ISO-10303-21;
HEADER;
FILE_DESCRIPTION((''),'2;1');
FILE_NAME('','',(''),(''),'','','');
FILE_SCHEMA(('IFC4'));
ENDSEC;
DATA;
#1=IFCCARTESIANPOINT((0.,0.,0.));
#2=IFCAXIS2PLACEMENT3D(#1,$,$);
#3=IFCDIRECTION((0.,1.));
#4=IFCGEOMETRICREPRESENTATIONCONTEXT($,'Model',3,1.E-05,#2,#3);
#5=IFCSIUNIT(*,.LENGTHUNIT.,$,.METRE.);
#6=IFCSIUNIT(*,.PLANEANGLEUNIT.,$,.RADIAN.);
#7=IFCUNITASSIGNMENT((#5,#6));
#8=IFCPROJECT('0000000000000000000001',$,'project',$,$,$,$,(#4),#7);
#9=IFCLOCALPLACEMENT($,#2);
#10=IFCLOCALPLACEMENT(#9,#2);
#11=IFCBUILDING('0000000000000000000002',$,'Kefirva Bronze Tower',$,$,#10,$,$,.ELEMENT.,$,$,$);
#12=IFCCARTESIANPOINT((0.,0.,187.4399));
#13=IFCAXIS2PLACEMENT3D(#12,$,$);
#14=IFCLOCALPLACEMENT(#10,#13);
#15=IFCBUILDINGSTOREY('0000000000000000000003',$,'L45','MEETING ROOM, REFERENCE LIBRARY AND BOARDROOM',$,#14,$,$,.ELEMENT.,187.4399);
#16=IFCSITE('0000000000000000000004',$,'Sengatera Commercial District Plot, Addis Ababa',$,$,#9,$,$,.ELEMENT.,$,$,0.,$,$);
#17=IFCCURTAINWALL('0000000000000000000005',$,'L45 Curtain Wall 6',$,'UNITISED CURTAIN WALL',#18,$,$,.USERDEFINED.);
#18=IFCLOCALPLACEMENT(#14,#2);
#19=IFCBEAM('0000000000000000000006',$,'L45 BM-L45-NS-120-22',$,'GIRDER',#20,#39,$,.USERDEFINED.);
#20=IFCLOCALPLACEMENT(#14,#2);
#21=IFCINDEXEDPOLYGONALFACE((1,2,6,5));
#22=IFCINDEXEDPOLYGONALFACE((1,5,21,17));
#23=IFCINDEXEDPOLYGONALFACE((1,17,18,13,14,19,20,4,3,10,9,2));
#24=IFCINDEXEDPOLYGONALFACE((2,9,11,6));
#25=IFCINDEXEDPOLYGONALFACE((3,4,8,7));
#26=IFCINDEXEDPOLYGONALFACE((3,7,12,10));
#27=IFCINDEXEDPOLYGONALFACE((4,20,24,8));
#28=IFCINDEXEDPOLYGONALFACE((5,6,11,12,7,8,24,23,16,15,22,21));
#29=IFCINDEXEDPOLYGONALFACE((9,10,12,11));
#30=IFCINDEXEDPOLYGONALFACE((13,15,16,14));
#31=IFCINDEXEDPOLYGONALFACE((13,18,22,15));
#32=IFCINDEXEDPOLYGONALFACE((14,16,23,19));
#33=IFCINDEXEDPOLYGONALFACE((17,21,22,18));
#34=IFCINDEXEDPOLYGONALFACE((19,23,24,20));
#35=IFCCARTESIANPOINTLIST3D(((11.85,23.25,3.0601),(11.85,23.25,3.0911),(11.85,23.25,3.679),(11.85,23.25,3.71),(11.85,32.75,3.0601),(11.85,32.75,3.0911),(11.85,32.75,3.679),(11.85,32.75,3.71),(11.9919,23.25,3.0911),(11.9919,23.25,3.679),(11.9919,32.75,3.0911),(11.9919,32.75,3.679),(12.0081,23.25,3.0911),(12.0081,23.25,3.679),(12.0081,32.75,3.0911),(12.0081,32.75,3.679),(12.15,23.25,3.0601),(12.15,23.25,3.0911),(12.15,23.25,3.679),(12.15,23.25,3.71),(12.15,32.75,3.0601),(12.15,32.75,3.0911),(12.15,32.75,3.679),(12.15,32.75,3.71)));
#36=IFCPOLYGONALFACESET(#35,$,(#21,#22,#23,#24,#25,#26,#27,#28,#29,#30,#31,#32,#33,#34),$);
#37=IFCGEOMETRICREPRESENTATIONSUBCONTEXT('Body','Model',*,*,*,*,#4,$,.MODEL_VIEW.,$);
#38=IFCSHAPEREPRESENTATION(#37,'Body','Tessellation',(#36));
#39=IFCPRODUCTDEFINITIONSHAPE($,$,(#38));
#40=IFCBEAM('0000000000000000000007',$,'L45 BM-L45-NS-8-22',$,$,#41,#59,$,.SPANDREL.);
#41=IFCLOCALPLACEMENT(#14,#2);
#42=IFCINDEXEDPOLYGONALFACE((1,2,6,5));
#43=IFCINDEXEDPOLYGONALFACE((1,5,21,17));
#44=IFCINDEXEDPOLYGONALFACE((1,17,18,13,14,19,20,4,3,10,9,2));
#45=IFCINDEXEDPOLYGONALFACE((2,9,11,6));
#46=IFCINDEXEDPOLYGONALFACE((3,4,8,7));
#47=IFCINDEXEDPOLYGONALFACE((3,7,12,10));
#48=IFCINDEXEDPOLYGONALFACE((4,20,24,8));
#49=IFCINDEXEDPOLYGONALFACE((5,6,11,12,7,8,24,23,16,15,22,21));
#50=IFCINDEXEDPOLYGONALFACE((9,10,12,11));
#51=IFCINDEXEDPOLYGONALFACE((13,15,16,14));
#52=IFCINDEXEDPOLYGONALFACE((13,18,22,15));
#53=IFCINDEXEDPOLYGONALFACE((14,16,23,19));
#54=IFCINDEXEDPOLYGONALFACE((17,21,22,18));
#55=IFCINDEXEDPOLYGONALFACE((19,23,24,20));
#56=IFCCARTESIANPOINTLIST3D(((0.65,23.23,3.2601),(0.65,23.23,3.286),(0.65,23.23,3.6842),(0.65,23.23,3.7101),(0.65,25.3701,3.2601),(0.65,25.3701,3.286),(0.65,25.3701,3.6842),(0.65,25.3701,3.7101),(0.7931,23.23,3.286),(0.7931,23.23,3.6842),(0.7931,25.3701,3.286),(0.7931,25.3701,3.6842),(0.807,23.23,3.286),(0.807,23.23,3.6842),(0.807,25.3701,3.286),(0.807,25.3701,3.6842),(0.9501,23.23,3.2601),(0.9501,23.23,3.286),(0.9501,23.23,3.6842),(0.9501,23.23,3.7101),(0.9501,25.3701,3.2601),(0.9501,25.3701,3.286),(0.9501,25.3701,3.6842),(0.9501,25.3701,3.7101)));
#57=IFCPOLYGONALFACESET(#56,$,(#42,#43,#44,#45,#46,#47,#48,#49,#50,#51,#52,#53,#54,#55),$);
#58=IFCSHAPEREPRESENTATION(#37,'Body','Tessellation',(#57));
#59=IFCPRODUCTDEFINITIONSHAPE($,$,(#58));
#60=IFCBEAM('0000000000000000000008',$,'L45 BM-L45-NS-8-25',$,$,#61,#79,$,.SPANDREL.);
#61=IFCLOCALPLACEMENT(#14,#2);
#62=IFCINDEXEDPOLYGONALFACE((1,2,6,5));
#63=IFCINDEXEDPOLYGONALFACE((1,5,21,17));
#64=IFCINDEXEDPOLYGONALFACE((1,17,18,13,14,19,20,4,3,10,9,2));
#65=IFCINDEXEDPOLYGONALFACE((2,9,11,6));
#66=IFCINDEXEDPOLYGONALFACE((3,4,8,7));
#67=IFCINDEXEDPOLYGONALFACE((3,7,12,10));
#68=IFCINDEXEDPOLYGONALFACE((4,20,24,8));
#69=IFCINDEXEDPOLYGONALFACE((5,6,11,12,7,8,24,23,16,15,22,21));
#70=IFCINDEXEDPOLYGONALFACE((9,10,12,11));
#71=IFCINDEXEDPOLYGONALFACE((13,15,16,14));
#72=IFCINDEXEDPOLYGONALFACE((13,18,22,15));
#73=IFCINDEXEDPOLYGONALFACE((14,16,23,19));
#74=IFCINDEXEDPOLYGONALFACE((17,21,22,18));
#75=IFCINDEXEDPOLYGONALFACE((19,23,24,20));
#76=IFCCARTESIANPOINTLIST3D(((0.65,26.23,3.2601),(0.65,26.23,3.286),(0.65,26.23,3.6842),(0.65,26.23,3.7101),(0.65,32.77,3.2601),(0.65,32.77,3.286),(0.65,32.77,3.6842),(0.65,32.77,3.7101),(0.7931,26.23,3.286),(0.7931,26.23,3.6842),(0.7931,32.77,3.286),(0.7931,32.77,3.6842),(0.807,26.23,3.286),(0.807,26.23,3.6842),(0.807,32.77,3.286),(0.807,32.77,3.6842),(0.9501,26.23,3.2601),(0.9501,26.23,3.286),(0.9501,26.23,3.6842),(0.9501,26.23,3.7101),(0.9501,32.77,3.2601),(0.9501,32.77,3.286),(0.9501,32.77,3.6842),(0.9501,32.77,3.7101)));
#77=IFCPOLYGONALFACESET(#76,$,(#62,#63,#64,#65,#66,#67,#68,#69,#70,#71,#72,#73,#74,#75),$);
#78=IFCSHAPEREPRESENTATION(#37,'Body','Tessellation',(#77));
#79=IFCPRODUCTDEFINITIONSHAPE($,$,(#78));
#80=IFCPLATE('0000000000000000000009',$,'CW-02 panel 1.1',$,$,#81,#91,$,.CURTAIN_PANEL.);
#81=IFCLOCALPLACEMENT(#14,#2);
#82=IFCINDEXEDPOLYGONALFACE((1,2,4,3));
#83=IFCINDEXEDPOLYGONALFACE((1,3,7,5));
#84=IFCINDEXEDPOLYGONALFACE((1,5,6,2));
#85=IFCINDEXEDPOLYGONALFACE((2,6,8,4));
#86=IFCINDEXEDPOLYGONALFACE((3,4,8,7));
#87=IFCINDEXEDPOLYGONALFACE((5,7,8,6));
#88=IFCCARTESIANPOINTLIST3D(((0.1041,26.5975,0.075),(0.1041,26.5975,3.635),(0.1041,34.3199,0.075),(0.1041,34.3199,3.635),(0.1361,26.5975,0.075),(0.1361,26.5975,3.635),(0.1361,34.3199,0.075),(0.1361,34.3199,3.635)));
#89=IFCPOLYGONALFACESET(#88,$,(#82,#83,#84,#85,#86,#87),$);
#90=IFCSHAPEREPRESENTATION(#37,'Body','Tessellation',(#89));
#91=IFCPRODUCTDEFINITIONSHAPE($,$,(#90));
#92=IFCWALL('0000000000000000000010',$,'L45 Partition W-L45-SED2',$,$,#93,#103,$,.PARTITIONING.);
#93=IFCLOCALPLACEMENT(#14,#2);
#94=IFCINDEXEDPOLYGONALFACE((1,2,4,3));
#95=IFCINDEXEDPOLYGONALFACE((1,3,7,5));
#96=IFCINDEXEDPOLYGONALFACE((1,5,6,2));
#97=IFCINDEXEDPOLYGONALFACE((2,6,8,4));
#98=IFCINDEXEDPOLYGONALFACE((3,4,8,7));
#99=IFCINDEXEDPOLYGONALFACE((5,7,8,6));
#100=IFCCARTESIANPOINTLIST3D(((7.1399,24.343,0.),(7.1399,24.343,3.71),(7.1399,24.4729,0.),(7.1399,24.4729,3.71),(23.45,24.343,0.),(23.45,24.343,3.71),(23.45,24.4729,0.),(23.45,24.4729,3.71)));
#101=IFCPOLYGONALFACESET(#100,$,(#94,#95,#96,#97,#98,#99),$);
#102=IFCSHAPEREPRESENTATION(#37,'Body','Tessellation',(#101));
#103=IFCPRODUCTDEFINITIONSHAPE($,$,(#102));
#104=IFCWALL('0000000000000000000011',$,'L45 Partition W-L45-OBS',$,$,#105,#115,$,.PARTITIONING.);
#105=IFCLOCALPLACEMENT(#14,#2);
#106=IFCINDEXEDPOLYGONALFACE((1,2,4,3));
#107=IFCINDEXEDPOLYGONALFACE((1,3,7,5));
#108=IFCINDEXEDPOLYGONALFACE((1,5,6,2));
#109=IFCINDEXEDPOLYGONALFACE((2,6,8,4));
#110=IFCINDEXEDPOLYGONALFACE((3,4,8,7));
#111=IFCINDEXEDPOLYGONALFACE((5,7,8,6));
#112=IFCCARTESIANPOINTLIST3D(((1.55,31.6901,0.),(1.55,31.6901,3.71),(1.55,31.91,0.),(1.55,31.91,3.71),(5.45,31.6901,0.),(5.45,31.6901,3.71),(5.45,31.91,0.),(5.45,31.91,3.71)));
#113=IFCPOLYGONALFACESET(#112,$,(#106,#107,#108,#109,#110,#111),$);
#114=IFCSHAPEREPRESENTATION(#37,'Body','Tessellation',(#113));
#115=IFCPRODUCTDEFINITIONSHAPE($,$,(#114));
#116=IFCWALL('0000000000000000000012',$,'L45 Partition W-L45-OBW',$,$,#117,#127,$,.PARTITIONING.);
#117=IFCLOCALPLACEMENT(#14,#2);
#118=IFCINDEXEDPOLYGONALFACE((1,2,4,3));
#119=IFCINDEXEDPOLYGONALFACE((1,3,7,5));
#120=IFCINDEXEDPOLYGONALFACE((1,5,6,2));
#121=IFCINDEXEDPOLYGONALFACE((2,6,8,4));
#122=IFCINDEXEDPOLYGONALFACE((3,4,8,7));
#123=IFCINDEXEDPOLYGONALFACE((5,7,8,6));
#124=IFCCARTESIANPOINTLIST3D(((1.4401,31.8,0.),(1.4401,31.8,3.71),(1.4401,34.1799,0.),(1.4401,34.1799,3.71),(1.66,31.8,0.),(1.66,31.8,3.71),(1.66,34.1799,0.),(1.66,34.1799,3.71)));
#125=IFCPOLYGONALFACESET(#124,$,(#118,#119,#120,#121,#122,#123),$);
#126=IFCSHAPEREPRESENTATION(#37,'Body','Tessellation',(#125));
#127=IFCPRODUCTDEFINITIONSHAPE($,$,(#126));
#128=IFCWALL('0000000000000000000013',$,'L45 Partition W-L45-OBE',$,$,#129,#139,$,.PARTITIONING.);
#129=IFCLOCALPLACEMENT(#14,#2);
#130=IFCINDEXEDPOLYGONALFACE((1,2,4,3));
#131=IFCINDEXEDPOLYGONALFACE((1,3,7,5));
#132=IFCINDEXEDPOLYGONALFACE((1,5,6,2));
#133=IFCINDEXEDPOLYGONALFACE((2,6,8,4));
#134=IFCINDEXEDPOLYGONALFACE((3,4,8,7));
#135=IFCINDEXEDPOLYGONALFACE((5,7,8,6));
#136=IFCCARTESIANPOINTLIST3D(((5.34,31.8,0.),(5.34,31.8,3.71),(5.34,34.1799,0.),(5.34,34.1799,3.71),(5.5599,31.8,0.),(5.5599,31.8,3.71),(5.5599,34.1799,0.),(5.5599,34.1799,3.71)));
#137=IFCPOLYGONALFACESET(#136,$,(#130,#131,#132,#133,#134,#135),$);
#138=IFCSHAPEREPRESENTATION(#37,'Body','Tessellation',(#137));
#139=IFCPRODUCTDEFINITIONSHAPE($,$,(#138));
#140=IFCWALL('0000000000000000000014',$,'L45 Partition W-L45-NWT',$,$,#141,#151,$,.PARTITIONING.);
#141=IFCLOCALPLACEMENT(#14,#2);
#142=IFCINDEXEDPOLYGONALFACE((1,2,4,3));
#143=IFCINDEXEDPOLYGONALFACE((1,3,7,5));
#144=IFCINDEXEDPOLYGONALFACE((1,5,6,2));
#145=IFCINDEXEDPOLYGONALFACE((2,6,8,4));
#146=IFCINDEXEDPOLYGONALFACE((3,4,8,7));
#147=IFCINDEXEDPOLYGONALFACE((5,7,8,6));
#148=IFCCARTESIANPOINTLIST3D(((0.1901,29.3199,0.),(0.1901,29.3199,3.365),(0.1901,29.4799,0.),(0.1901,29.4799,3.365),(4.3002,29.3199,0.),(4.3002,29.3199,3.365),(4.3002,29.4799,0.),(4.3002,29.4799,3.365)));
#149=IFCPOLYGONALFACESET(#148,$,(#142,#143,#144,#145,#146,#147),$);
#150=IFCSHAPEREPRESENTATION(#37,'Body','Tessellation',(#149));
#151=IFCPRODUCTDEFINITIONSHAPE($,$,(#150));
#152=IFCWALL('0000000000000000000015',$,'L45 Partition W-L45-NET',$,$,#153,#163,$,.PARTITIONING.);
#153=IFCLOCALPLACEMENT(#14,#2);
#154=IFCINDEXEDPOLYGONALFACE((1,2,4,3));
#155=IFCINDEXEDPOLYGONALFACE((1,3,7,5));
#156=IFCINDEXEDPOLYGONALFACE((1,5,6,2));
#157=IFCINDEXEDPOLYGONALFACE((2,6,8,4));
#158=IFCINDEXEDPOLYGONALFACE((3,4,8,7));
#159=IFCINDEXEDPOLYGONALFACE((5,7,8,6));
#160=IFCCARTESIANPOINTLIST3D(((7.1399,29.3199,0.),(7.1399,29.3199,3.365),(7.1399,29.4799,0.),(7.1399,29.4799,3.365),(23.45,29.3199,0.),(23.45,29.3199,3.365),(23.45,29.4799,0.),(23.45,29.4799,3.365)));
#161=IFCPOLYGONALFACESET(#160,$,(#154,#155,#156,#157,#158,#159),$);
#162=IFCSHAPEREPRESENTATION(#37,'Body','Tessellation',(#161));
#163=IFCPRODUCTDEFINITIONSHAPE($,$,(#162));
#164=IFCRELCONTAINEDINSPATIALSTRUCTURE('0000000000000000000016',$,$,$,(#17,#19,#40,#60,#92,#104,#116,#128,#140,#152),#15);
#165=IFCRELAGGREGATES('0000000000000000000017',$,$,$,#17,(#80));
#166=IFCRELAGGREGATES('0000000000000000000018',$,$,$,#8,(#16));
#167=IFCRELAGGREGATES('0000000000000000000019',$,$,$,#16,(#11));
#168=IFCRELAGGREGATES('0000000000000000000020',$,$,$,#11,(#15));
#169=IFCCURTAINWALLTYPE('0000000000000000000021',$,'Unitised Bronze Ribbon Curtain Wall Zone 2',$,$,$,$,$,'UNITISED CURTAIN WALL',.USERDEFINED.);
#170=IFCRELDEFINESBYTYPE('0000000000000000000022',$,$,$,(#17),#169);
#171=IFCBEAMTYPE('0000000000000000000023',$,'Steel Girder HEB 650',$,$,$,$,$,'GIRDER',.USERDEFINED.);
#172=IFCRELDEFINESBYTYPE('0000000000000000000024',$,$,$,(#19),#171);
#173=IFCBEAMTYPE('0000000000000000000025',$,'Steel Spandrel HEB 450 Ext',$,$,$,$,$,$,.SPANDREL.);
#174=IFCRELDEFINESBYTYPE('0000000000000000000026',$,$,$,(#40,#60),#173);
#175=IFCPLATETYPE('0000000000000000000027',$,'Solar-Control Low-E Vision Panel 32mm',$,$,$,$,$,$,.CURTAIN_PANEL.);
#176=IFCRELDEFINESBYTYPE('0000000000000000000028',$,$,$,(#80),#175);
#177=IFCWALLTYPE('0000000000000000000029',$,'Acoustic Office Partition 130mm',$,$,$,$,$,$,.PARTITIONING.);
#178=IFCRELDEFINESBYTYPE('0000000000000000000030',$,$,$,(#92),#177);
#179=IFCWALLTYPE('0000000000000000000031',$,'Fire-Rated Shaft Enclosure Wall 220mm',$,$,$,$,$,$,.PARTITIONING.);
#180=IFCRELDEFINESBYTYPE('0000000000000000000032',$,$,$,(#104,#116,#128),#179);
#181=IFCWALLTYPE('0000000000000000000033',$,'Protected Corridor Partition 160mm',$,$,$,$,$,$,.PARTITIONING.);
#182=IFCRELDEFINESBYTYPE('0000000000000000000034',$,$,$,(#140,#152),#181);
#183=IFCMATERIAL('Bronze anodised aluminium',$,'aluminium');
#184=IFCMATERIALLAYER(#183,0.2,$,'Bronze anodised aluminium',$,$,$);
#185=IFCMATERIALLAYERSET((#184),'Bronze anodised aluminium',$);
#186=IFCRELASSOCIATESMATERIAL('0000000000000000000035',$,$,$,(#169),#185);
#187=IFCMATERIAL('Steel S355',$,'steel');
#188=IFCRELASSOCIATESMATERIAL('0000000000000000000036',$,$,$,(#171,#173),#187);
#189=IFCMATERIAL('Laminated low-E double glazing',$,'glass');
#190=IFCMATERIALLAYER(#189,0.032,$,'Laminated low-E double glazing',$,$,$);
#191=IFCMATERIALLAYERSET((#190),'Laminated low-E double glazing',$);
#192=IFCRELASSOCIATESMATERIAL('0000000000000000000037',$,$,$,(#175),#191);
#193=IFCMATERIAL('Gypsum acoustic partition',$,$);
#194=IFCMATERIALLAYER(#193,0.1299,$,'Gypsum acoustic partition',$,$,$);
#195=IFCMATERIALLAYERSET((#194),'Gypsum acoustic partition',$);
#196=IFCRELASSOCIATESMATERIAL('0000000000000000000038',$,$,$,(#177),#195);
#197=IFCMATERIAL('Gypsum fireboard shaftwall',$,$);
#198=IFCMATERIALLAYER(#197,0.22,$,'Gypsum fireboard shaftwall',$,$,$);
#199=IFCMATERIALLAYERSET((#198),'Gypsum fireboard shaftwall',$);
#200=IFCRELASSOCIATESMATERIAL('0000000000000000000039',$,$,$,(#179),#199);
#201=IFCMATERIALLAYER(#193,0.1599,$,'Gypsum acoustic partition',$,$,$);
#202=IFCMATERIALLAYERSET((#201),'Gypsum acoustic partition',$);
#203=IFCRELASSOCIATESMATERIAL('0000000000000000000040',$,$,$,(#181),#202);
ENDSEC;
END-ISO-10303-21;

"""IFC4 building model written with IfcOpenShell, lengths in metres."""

from ifc_helpers import new_model, si_unit, direction, frame, frame_2d, origin, origin_2d, place, context, subcontext, project, spatial, rectangle, i_section, extrude, material, layer, layer_set, material_profile, profile_set, type_object, element, aggregate, save


model = new_model("IFC4")

# Units and contexts
model_context = context("Model", 3, precision=1e-05, world=origin(), true_north=direction((0.0, 1.0)))
body_context = subcontext(model_context, "Body", "Model", "MODEL_VIEW")
ifc_project = project(units=[si_unit("LENGTHUNIT", "METRE"), si_unit("PLANEANGLEUNIT", "RADIAN")], contexts=[model_context])

# Site, building, storey
site_placement = place(None, origin())
site = spatial("IfcSite", under=ifc_project, at=site_placement, Name="Sengatera Commercial District Plot, Addis Ababa", CompositionType="ELEMENT", RefElevation=0.0)
building_placement = place(site_placement, origin())
building = spatial("IfcBuilding", under=site, at=building_placement, Name="Kefirva Bronze Tower", CompositionType="ELEMENT")
storey_placement = place(building_placement, frame((0.0, 0.0, 187.4399)))
storey = spatial("IfcBuildingStorey", under=building, at=storey_placement, Name="L45", Description="MEETING ROOM, REFERENCE LIBRARY AND BOARDROOM", CompositionType="ELEMENT", Elevation=187.4399)

# Curtain wall
ifc_material_1 = material(Name="Bronze anodised aluminium", Category="aluminium")
ifc_layer_1 = layer(ifc_material_1, 0.2, Name="Bronze anodised aluminium")
ifc_layer_set_1 = layer_set([ifc_layer_1], Name="Bronze anodised aluminium")
curtain_wall_type = type_object("IfcCurtainWallType", Name="Unitised Bronze Ribbon Curtain Wall Zone 2", ElementType="UNITISED CURTAIN WALL", PredefinedType="USERDEFINED", material=ifc_layer_set_1)
curtain_wall_placement = place(storey_placement, origin())
curtain_wall = element("IfcCurtainWall", 1, at=curtain_wall_placement, inside=storey, type_object=curtain_wall_type, Name="L45 Curtain Wall 6", ObjectType="UNITISED CURTAIN WALL", PredefinedType="USERDEFINED")

# Beams
ifc_material_2 = material(Name="Steel S355", Category="steel")
ifc_material_profile_1 = material_profile(ifc_material_2, i_section(OverallWidth=0.3, OverallDepth=0.6499, WebThickness=0.0161, FlangeThickness=0.031, at=origin_2d()), Name="HEB 650")
ifc_profile_set_1 = profile_set([ifc_material_profile_1], Name="Steel S355")
beam_type_1 = type_object("IfcBeamType", Name="Steel Girder HEB 650", ElementType="GIRDER", PredefinedType="USERDEFINED", material=ifc_profile_set_1)
beam_1_placement = place(storey_placement, frame((12.0, 23.25, 3.385), z_axis=(0.0, 1.0, 0.0), x_axis=(-1.0, 0.0, 0.0)))
element("IfcBeam", 2, at=beam_1_placement, inside=storey, type_object=beam_type_1, Name="L45 BM-L45-NS-120-22", ObjectType="GIRDER", PredefinedType="USERDEFINED", context=body_context, shape_type="SweptSolid", body=[
    extrude(i_section(OverallWidth=0.3, OverallDepth=0.6499, WebThickness=0.0161, FlangeThickness=0.031, at=origin_2d()), origin(), (0.0, 0.0, 1.0), 9.5),
])
ifc_material_profile_2 = material_profile(ifc_material_2, i_section(OverallWidth=0.3, OverallDepth=0.45, WebThickness=0.0139, FlangeThickness=0.0259, at=origin_2d()), Name="HEB 450")
ifc_profile_set_2 = profile_set([ifc_material_profile_2], Name="Steel S355")
beam_type_2 = type_object("IfcBeamType", Name="Steel Spandrel HEB 450 Ext", PredefinedType="SPANDREL", material=ifc_profile_set_2)
beam_2_placement = place(storey_placement, frame((0.8, 23.23, 3.4851), z_axis=(0.0, 1.0, 0.0), x_axis=(-1.0, 0.0, 0.0)))
element("IfcBeam", 3, at=beam_2_placement, inside=storey, type_object=beam_type_2, Name="L45 BM-L45-NS-8-22", PredefinedType="SPANDREL", context=body_context, shape_type="SweptSolid", body=[
    extrude(i_section(OverallWidth=0.3, OverallDepth=0.45, WebThickness=0.0139, FlangeThickness=0.0259, at=origin_2d()), origin(), (0.0, 0.0, 1.0), 2.1401),
])
beam_3_placement = place(storey_placement, frame((0.8, 26.23, 3.4851), z_axis=(0.0, 1.0, 0.0), x_axis=(-1.0, 0.0, 0.0)))
element("IfcBeam", 4, at=beam_3_placement, inside=storey, type_object=beam_type_2, Name="L45 BM-L45-NS-8-25", PredefinedType="SPANDREL", context=body_context, shape_type="SweptSolid", body=[
    extrude(i_section(OverallWidth=0.3, OverallDepth=0.45, WebThickness=0.0139, FlangeThickness=0.0259, at=origin_2d()), origin(), (0.0, 0.0, 1.0), 6.54),
])

# Plate
ifc_material_3 = material(Name="Laminated low-E double glazing", Category="glass")
ifc_layer_2 = layer(ifc_material_3, 0.032, Name="Laminated low-E double glazing")
ifc_layer_set_2 = layer_set([ifc_layer_2], Name="Laminated low-E double glazing")
plate_type = type_object("IfcPlateType", Name="Solar-Control Low-E Vision Panel 32mm", PredefinedType="CURTAIN_PANEL", material=ifc_layer_set_2)
plate_placement = place(storey_placement, frame((0.1201, 30.4587, 0.075), z_axis=(0.0, 0.0, 1.0), x_axis=(0.0, -1.0, 0.0)))
plate = element("IfcPlate", 5, at=plate_placement, type_object=plate_type, Name="CW-02 panel 1.1", PredefinedType="CURTAIN_PANEL", context=body_context, shape_type="SweptSolid", body=[
    extrude(rectangle(XDim=7.7224, YDim=0.032, at=origin_2d()), origin(), (0.0, 0.0, 1.0), 3.5601),
])
aggregate(curtain_wall, [plate])

# Walls
ifc_material_4 = material(Name="Gypsum acoustic partition")
ifc_layer_3 = layer(ifc_material_4, 0.1299, Name="Gypsum acoustic partition")
ifc_layer_set_3 = layer_set([ifc_layer_3], Name="Gypsum acoustic partition")
wall_type_1 = type_object("IfcWallType", Name="Acoustic Office Partition 130mm", PredefinedType="PARTITIONING", material=ifc_layer_set_3)
wall_1_placement = place(storey_placement, frame((7.1399, 24.408, 0.0), z_axis=(0.0, 0.0, 1.0), x_axis=(1.0, 0.0, 0.0)))
element("IfcWall", 6, at=wall_1_placement, inside=storey, type_object=wall_type_1, Name="L45 Partition W-L45-SED2", PredefinedType="PARTITIONING", context=body_context, shape_type="SweptSolid", body=[
    extrude(rectangle(XDim=16.3101, YDim=0.1299, at=frame_2d((8.155, 0.0))), origin(), (0.0, 0.0, 1.0), 3.71),
])
ifc_material_5 = material(Name="Gypsum fireboard shaftwall")
ifc_layer_4 = layer(ifc_material_5, 0.22, Name="Gypsum fireboard shaftwall")
ifc_layer_set_4 = layer_set([ifc_layer_4], Name="Gypsum fireboard shaftwall")
wall_type_2 = type_object("IfcWallType", Name="Fire-Rated Shaft Enclosure Wall 220mm", PredefinedType="PARTITIONING", material=ifc_layer_set_4)
wall_2_placement = place(storey_placement, frame((1.55, 31.8, 0.0), z_axis=(0.0, 0.0, 1.0), x_axis=(1.0, 0.0, 0.0)))
element("IfcWall", 7, at=wall_2_placement, inside=storey, type_object=wall_type_2, Name="L45 Partition W-L45-OBS", PredefinedType="PARTITIONING", context=body_context, shape_type="SweptSolid", body=[
    extrude(rectangle(XDim=3.8999, YDim=0.22, at=frame_2d((1.95, 0.0))), origin(), (0.0, 0.0, 1.0), 3.71),
])
for number, where, z_axis, x_axis, name in (
    (8, (1.55, 31.8, 0.0), (0.0, 0.0, 1.0), (0.0, 1.0, 0.0), "L45 Partition W-L45-OBW"),
    (9, (5.45, 31.8, 0.0), (0.0, 0.0, 1.0), (0.0, 1.0, 0.0), "L45 Partition W-L45-OBE"),
):
    element("IfcWall", number, at=place(storey_placement, frame(where, z_axis=z_axis, x_axis=x_axis)), inside=storey, type_object=wall_type_2, Name=name, PredefinedType="PARTITIONING", context=body_context, shape_type="SweptSolid", body=[
        extrude(rectangle(XDim=2.3799, YDim=0.22, at=frame_2d((1.1899, 0.0))), origin(), (0.0, 0.0, 1.0), 3.71),
    ])
ifc_layer_5 = layer(ifc_material_4, 0.1599, Name="Gypsum acoustic partition")
ifc_layer_set_5 = layer_set([ifc_layer_5], Name="Gypsum acoustic partition")
wall_type_3 = type_object("IfcWallType", Name="Protected Corridor Partition 160mm", PredefinedType="PARTITIONING", material=ifc_layer_set_5)
wall_3_placement = place(storey_placement, frame((0.1899, 29.3999, 0.0), z_axis=(0.0, 0.0, 1.0), x_axis=(1.0, 0.0, 0.0)))
element("IfcWall", 10, at=wall_3_placement, inside=storey, type_object=wall_type_3, Name="L45 Partition W-L45-NWT", PredefinedType="PARTITIONING", context=body_context, shape_type="SweptSolid", body=[
    extrude(rectangle(XDim=4.1101, YDim=0.1599, at=frame_2d((2.0552, 0.0))), origin(), (0.0, 0.0, 1.0), 3.365),
])
wall_4_placement = place(storey_placement, frame((7.1399, 29.3999, 0.0), z_axis=(0.0, 0.0, 1.0), x_axis=(1.0, 0.0, 0.0)))
element("IfcWall", 11, at=wall_4_placement, inside=storey, type_object=wall_type_3, Name="L45 Partition W-L45-NET", PredefinedType="PARTITIONING", context=body_context, shape_type="SweptSolid", body=[
    extrude(rectangle(XDim=16.3101, YDim=0.1599, at=frame_2d((8.155, 0.0))), origin(), (0.0, 0.0, 1.0), 3.365),
])

save(model, "model.ifc")
